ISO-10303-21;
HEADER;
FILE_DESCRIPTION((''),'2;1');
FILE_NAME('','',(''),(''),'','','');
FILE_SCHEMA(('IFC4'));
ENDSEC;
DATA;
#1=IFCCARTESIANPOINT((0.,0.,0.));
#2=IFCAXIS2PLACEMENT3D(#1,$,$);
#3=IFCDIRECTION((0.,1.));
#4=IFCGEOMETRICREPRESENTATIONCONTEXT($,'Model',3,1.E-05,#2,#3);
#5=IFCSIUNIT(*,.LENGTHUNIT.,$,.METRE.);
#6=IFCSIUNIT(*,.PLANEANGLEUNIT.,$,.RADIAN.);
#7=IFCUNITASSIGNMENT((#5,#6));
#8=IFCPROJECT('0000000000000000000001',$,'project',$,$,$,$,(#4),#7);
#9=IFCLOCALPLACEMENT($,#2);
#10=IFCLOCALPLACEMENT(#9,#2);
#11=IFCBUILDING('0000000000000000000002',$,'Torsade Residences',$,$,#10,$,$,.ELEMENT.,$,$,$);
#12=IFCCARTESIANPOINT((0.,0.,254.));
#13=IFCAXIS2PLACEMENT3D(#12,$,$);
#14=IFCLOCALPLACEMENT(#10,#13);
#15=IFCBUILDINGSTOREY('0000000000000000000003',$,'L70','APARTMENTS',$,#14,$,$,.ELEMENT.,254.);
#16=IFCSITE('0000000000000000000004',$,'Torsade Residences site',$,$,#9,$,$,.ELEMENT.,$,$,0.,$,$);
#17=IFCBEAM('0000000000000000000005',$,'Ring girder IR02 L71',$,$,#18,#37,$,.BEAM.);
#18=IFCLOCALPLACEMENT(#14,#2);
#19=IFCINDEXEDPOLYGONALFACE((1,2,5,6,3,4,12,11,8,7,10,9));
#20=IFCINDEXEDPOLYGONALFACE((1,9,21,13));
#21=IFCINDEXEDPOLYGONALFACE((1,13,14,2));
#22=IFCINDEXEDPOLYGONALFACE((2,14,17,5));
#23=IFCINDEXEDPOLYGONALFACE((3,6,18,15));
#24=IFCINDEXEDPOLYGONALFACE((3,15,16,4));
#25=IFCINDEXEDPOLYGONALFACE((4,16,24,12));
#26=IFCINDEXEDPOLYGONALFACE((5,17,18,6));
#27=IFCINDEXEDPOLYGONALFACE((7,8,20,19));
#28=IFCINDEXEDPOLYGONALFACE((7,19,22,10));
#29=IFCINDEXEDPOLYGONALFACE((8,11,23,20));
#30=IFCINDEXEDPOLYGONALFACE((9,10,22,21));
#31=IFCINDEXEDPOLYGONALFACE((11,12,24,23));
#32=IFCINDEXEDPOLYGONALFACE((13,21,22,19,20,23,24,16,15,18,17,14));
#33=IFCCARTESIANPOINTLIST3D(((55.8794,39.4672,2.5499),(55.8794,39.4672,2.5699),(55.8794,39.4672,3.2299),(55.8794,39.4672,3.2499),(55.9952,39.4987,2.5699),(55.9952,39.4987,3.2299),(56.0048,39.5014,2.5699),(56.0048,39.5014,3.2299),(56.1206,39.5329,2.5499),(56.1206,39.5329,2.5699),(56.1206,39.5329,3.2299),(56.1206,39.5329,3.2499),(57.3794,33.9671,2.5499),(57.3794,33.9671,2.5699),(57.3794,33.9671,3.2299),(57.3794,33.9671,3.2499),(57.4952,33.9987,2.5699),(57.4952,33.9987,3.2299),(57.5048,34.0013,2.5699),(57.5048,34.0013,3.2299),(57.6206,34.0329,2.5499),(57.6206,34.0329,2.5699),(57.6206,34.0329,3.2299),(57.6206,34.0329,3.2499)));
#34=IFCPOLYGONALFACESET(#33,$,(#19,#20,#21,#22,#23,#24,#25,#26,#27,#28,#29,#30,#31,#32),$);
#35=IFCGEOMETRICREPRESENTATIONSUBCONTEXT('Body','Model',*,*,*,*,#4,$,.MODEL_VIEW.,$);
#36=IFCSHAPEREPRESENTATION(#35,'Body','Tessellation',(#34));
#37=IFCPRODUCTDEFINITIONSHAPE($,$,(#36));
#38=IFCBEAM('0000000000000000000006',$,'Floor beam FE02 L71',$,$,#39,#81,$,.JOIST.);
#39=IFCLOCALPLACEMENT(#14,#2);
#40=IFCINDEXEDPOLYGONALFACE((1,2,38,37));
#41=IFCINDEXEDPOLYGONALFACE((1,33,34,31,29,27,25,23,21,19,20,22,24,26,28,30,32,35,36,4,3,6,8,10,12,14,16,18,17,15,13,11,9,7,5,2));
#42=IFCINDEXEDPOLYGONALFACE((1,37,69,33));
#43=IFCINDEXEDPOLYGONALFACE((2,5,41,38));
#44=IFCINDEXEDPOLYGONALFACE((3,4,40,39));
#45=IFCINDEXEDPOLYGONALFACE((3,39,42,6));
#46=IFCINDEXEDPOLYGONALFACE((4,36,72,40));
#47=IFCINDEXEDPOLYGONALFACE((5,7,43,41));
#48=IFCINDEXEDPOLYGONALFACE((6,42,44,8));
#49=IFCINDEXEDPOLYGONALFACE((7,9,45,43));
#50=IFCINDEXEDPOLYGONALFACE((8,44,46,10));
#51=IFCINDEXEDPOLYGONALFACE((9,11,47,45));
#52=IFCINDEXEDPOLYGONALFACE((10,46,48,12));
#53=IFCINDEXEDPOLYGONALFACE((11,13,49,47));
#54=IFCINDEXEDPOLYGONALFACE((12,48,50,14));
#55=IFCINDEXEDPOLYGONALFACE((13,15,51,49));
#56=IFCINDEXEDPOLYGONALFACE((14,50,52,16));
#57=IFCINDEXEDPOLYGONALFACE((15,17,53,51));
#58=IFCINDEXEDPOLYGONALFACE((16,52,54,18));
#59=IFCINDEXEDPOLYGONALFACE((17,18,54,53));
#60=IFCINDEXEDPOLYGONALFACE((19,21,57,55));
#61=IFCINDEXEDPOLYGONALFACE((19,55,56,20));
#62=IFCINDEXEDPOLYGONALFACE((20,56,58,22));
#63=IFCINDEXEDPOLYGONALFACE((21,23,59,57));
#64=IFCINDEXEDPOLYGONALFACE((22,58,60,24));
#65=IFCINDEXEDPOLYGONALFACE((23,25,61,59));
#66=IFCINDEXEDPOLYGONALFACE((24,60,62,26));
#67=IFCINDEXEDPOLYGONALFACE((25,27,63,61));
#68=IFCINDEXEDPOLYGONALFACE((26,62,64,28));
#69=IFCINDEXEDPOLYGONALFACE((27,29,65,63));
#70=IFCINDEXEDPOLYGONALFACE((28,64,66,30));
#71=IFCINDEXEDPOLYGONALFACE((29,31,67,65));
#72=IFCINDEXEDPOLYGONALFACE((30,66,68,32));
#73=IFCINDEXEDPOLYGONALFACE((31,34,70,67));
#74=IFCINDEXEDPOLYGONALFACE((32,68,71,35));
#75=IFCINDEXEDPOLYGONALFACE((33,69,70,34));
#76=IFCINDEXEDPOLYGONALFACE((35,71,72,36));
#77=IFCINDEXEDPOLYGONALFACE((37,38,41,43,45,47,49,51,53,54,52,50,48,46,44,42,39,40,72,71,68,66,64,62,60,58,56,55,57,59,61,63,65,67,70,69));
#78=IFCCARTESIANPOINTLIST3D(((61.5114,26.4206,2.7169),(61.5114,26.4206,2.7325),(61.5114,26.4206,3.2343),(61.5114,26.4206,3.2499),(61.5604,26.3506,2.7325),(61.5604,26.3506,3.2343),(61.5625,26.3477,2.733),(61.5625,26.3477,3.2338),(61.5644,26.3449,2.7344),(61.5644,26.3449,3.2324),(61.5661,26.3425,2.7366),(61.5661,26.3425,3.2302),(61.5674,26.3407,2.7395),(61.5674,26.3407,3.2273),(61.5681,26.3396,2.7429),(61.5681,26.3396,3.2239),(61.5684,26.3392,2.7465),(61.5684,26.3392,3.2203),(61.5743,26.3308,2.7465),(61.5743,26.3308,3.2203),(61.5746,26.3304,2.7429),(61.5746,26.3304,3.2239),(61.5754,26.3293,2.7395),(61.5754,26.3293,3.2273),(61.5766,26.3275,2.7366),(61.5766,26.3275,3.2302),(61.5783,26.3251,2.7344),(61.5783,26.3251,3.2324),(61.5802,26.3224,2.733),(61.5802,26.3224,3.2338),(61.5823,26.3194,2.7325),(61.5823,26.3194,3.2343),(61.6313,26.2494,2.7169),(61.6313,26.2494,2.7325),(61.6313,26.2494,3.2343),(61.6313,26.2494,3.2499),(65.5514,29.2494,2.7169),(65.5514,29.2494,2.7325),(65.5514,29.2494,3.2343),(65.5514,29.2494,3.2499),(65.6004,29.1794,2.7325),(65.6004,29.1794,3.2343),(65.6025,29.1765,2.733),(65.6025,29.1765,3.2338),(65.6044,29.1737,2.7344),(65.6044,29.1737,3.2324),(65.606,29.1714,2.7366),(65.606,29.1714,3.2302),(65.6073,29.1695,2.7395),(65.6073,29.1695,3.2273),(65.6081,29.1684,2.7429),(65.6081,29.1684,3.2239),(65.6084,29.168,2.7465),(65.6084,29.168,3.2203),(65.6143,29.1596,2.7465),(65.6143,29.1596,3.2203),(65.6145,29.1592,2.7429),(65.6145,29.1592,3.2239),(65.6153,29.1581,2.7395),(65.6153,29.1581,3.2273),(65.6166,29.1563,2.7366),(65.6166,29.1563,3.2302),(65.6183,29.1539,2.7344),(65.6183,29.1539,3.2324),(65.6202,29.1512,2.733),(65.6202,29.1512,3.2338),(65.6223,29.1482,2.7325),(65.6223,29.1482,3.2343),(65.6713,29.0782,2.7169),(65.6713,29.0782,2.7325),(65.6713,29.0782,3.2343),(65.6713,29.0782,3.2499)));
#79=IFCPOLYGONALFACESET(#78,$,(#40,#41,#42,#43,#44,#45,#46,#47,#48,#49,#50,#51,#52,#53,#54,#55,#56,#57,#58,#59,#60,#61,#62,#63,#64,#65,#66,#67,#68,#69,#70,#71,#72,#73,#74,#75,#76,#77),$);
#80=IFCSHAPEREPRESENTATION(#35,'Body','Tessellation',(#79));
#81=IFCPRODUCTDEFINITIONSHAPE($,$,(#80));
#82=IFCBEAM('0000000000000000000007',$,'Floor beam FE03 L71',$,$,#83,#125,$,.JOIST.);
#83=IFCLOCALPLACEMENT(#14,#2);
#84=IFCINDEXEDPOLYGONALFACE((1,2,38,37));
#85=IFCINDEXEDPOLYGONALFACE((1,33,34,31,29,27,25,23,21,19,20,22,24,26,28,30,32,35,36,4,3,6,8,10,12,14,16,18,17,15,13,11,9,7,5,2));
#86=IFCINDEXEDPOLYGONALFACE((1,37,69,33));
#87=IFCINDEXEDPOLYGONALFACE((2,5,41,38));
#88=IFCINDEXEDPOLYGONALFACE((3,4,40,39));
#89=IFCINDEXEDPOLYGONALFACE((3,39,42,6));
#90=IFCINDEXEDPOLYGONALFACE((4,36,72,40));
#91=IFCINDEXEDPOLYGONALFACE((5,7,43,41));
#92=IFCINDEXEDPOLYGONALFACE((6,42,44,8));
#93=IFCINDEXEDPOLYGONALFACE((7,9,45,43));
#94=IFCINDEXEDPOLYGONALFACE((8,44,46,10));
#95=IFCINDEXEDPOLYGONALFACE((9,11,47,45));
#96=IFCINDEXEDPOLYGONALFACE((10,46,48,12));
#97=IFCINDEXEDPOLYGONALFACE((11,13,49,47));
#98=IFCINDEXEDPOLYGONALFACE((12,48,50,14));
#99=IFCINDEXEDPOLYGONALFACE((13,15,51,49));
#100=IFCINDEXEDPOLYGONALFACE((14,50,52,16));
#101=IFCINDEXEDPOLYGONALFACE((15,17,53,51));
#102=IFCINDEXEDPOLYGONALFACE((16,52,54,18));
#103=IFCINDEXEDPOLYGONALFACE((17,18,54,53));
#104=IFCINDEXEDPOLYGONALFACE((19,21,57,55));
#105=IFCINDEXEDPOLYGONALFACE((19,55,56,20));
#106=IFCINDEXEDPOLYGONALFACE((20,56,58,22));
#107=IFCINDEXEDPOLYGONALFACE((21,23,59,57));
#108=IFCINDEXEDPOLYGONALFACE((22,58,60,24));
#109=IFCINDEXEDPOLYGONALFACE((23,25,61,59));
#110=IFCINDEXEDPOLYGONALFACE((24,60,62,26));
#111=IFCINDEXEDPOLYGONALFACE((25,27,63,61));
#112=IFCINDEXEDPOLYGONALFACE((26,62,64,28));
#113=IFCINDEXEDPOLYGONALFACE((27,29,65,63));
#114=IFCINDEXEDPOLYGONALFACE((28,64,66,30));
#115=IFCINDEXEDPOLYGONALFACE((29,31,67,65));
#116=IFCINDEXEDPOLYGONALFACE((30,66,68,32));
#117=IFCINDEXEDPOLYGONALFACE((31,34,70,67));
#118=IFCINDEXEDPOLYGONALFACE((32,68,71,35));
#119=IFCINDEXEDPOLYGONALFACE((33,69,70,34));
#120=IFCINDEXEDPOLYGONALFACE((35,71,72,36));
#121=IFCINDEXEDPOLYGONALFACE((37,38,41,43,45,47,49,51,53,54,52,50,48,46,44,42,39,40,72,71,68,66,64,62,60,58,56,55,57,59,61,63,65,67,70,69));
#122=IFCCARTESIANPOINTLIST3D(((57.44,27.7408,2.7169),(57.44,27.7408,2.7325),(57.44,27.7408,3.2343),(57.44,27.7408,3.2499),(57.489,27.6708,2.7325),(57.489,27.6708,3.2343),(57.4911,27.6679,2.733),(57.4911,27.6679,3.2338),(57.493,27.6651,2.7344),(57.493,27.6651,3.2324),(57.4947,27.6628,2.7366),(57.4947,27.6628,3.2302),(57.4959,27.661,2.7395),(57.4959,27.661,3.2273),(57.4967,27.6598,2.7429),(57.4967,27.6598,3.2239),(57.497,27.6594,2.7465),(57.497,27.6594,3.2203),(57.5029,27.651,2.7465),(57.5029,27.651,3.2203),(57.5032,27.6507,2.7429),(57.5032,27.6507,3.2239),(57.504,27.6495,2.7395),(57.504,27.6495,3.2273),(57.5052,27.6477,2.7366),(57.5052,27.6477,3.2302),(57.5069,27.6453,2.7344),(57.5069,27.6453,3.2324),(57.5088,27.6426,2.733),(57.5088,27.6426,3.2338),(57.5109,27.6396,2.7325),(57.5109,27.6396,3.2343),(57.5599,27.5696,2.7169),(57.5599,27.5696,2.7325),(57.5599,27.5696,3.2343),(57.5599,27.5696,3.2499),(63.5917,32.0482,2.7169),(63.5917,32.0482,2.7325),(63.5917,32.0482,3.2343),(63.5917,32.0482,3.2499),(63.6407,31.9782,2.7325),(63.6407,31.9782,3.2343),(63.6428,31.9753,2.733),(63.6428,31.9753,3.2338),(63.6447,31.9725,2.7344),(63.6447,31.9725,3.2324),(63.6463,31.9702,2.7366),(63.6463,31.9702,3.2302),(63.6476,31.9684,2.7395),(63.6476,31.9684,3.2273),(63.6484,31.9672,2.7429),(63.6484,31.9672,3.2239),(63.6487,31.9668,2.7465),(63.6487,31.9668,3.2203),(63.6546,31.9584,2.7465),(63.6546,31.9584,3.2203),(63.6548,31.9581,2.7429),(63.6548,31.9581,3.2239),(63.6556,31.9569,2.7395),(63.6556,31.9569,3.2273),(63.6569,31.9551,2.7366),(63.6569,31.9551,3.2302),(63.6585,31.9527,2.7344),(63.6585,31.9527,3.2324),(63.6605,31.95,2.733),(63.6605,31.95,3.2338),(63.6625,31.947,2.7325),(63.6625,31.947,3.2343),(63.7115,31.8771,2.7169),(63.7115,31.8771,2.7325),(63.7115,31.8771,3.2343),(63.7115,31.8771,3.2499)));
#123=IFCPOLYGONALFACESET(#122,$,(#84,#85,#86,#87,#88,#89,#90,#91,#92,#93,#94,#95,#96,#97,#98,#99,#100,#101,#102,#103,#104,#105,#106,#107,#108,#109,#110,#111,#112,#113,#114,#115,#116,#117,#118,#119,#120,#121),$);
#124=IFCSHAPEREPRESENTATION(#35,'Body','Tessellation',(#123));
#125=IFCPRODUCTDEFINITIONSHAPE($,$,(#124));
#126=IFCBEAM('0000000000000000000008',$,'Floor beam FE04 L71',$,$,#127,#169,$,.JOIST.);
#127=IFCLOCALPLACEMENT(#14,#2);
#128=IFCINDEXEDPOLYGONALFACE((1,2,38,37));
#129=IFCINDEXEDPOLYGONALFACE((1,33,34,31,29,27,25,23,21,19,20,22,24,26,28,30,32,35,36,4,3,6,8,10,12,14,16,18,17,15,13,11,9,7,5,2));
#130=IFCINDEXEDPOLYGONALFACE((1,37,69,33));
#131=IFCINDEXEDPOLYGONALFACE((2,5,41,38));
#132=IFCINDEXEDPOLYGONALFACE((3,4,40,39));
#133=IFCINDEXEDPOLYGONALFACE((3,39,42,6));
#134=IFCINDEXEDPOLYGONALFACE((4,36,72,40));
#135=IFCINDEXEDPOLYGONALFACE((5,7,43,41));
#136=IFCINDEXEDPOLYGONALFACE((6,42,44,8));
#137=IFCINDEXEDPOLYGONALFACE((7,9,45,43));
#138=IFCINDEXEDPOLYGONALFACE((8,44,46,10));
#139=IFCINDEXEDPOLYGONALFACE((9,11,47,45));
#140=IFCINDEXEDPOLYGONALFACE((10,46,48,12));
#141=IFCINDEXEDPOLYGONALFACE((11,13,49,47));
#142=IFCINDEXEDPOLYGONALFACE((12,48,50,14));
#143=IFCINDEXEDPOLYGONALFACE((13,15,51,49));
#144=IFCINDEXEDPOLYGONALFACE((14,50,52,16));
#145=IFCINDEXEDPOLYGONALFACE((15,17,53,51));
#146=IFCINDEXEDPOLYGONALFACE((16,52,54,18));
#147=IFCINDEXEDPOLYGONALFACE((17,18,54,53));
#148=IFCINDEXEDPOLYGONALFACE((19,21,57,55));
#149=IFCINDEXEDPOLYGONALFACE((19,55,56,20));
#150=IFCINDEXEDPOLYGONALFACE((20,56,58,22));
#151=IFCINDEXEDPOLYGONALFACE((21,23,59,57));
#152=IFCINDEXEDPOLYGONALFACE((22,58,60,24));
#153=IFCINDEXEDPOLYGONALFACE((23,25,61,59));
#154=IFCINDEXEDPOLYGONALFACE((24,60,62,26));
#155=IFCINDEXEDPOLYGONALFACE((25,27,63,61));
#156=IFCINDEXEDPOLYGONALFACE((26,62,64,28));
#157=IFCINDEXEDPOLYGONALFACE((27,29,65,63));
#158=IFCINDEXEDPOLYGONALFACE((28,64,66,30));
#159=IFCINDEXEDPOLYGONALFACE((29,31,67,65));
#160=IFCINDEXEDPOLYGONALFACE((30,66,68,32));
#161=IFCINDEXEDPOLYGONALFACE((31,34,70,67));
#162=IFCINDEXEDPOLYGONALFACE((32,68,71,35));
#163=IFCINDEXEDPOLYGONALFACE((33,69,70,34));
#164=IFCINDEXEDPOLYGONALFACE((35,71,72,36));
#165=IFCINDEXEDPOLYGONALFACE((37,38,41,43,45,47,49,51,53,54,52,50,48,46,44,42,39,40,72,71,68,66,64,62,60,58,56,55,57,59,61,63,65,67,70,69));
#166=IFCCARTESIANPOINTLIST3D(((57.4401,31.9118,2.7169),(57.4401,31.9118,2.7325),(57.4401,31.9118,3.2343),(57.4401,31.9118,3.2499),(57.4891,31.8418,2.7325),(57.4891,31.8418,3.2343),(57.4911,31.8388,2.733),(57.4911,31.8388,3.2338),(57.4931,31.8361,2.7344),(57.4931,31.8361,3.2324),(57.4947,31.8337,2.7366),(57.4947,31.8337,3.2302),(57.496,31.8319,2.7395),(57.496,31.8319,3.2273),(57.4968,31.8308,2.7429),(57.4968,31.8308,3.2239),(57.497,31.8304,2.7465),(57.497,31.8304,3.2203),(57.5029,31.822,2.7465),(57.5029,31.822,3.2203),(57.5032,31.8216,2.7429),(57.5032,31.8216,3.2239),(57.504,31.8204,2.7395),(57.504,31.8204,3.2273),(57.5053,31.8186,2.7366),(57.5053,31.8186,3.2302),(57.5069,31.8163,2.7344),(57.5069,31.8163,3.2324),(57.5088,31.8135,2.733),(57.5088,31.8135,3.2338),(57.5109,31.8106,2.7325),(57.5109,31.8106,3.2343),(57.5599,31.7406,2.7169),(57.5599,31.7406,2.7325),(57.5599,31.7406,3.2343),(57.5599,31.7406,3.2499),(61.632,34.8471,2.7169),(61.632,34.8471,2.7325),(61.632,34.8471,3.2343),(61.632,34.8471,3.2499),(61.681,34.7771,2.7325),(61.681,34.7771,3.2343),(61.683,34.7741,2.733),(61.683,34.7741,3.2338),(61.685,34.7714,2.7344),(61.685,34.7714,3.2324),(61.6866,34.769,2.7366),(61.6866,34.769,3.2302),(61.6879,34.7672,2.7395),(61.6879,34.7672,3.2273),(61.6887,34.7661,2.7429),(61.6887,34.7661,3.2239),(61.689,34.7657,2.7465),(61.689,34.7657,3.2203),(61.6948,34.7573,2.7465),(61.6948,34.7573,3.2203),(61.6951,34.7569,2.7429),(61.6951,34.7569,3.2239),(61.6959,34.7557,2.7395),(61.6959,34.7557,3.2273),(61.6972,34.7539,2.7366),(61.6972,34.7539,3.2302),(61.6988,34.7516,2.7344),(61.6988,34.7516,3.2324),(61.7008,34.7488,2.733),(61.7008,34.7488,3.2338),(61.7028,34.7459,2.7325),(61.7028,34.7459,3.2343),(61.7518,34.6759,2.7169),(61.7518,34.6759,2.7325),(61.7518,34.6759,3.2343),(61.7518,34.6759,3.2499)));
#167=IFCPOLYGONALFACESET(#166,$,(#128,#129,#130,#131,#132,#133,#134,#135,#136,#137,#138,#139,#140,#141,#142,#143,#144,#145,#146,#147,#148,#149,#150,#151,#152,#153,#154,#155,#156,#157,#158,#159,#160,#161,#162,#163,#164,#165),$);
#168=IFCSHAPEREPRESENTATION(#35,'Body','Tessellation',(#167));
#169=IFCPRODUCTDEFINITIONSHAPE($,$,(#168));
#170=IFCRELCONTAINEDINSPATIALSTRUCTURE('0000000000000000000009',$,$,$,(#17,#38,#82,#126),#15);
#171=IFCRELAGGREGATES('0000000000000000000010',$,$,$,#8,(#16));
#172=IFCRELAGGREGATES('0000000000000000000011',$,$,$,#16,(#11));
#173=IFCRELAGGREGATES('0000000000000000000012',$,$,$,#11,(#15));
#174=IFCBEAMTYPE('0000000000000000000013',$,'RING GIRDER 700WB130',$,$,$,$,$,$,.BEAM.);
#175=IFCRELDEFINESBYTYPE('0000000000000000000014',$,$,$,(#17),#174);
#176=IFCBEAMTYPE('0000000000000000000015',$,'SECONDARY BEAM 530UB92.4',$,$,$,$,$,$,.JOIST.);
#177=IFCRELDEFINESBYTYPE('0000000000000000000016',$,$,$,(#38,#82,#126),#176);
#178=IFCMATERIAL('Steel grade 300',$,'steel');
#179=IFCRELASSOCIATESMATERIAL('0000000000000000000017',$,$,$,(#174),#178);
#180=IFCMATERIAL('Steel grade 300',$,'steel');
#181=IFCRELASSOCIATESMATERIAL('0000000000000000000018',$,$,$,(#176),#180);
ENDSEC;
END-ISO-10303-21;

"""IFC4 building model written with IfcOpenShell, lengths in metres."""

from ifc_helpers import new_model, si_unit, direction, frame, origin, origin_2d, place, context, subcontext, project, spatial, i_section, extrude, material, material_profile, profile_set, type_object, element, save


model = new_model("IFC4")

# Units and contexts
model_context = context("Model", 3, precision=1e-05, world=origin(), true_north=direction((0.0, 1.0)))
body_context = subcontext(model_context, "Body", "Model", "MODEL_VIEW")
ifc_project = project(units=[si_unit("LENGTHUNIT", "METRE"), si_unit("PLANEANGLEUNIT", "RADIAN")], contexts=[model_context])

# Site, building, storey
site_placement = place(None, origin())
site = spatial("IfcSite", under=ifc_project, at=site_placement, Name="Torsade Residences site", CompositionType="ELEMENT", RefElevation=0.0)
building_placement = place(site_placement, origin())
building = spatial("IfcBuilding", under=site, at=building_placement, Name="Torsade Residences", CompositionType="ELEMENT")
storey_placement = place(building_placement, frame((0.0, 0.0, 254.0)))
storey = spatial("IfcBuildingStorey", under=building, at=storey_placement, Name="L70", Description="APARTMENTS", CompositionType="ELEMENT", Elevation=254.0)

# Beams
ifc_material_1 = material(Name="Steel grade 300", Category="steel")
ifc_material_profile_1 = material_profile(ifc_material_1, i_section(OverallWidth=0.25, OverallDepth=0.7, WebThickness=0.01, FlangeThickness=0.02, at=origin_2d()), Name="700WB130")
ifc_profile_set_1 = profile_set([ifc_material_profile_1], Name="Steel grade 300")
beam_type_1 = type_object("IfcBeamType", Name="RING GIRDER 700WB130", PredefinedType="BEAM", material=ifc_profile_set_1)
beam_1_placement = place(storey_placement, frame((57.5, 34.0, 2.8999), z_axis=(-0.263117, 0.964764, 0.0), x_axis=(-0.964764, -0.263117, 0.0)))
element("IfcBeam", 1, at=beam_1_placement, inside=storey, type_object=beam_type_1, Name="Ring girder IR02 L71", PredefinedType="BEAM", context=body_context, shape_type="SweptSolid", body=[
    extrude(i_section(OverallWidth=0.25, OverallDepth=0.7, WebThickness=0.01, FlangeThickness=0.02, at=origin_2d()), origin(), (0.0, 0.0, 1.0), 5.7009),
])
ifc_material_2 = material(Name="Steel grade 300", Category="steel")
ifc_material_profile_2 = material_profile(ifc_material_2, i_section(OverallWidth=0.209, OverallDepth=0.533, WebThickness=0.0103, FlangeThickness=0.0156, FilletRadius=0.0139, at=origin_2d()), Name="530UB92.4")
ifc_profile_set_2 = profile_set([ifc_material_profile_2], Name="Steel grade 300")
beam_type_2 = type_object("IfcBeamType", Name="SECONDARY BEAM 530UB92.4", PredefinedType="JOIST", material=ifc_profile_set_2)
beam_2_placement = place(storey_placement, frame((65.6113, 29.1638, 2.9834), z_axis=(-0.819153, -0.573575, 0.0), x_axis=(0.573575, -0.819153, 0.0)))
element("IfcBeam", 2, at=beam_2_placement, inside=storey, type_object=beam_type_2, Name="Floor beam FE02 L71", PredefinedType="JOIST", context=body_context, shape_type="SweptSolid", body=[
    extrude(i_section(OverallWidth=0.209, OverallDepth=0.533, WebThickness=0.0103, FlangeThickness=0.0156, FilletRadius=0.0139, at=origin_2d()), origin(), (0.0, 0.0, 1.0), 4.9319),
])
beam_3_placement = place(storey_placement, frame((63.6516, 31.9626, 2.9834), z_axis=(-0.819154, -0.573574, 0.0), x_axis=(0.573574, -0.819154, 0.0)))
element("IfcBeam", 3, at=beam_3_placement, inside=storey, type_object=beam_type_2, Name="Floor beam FE03 L71", PredefinedType="JOIST", context=body_context, shape_type="SweptSolid", body=[
    extrude(i_section(OverallWidth=0.209, OverallDepth=0.533, WebThickness=0.0103, FlangeThickness=0.0156, FilletRadius=0.0139, at=origin_2d()), origin(), (0.0, 0.0, 1.0), 7.5098),
])
beam_4_placement = place(storey_placement, frame((61.6919, 34.7615, 2.9834), z_axis=(-0.819142, -0.57359, 0.0), x_axis=(0.57359, -0.819142, 0.0)))
element("IfcBeam", 4, at=beam_4_placement, inside=storey, type_object=beam_type_2, Name="Floor beam FE04 L71", PredefinedType="JOIST", context=body_context, shape_type="SweptSolid", body=[
    extrude(i_section(OverallWidth=0.209, OverallDepth=0.533, WebThickness=0.0103, FlangeThickness=0.0156, FilletRadius=0.0139, at=origin_2d()), origin(), (0.0, 0.0, 1.0), 5.1174),
])

save(model, "model.ifc")
